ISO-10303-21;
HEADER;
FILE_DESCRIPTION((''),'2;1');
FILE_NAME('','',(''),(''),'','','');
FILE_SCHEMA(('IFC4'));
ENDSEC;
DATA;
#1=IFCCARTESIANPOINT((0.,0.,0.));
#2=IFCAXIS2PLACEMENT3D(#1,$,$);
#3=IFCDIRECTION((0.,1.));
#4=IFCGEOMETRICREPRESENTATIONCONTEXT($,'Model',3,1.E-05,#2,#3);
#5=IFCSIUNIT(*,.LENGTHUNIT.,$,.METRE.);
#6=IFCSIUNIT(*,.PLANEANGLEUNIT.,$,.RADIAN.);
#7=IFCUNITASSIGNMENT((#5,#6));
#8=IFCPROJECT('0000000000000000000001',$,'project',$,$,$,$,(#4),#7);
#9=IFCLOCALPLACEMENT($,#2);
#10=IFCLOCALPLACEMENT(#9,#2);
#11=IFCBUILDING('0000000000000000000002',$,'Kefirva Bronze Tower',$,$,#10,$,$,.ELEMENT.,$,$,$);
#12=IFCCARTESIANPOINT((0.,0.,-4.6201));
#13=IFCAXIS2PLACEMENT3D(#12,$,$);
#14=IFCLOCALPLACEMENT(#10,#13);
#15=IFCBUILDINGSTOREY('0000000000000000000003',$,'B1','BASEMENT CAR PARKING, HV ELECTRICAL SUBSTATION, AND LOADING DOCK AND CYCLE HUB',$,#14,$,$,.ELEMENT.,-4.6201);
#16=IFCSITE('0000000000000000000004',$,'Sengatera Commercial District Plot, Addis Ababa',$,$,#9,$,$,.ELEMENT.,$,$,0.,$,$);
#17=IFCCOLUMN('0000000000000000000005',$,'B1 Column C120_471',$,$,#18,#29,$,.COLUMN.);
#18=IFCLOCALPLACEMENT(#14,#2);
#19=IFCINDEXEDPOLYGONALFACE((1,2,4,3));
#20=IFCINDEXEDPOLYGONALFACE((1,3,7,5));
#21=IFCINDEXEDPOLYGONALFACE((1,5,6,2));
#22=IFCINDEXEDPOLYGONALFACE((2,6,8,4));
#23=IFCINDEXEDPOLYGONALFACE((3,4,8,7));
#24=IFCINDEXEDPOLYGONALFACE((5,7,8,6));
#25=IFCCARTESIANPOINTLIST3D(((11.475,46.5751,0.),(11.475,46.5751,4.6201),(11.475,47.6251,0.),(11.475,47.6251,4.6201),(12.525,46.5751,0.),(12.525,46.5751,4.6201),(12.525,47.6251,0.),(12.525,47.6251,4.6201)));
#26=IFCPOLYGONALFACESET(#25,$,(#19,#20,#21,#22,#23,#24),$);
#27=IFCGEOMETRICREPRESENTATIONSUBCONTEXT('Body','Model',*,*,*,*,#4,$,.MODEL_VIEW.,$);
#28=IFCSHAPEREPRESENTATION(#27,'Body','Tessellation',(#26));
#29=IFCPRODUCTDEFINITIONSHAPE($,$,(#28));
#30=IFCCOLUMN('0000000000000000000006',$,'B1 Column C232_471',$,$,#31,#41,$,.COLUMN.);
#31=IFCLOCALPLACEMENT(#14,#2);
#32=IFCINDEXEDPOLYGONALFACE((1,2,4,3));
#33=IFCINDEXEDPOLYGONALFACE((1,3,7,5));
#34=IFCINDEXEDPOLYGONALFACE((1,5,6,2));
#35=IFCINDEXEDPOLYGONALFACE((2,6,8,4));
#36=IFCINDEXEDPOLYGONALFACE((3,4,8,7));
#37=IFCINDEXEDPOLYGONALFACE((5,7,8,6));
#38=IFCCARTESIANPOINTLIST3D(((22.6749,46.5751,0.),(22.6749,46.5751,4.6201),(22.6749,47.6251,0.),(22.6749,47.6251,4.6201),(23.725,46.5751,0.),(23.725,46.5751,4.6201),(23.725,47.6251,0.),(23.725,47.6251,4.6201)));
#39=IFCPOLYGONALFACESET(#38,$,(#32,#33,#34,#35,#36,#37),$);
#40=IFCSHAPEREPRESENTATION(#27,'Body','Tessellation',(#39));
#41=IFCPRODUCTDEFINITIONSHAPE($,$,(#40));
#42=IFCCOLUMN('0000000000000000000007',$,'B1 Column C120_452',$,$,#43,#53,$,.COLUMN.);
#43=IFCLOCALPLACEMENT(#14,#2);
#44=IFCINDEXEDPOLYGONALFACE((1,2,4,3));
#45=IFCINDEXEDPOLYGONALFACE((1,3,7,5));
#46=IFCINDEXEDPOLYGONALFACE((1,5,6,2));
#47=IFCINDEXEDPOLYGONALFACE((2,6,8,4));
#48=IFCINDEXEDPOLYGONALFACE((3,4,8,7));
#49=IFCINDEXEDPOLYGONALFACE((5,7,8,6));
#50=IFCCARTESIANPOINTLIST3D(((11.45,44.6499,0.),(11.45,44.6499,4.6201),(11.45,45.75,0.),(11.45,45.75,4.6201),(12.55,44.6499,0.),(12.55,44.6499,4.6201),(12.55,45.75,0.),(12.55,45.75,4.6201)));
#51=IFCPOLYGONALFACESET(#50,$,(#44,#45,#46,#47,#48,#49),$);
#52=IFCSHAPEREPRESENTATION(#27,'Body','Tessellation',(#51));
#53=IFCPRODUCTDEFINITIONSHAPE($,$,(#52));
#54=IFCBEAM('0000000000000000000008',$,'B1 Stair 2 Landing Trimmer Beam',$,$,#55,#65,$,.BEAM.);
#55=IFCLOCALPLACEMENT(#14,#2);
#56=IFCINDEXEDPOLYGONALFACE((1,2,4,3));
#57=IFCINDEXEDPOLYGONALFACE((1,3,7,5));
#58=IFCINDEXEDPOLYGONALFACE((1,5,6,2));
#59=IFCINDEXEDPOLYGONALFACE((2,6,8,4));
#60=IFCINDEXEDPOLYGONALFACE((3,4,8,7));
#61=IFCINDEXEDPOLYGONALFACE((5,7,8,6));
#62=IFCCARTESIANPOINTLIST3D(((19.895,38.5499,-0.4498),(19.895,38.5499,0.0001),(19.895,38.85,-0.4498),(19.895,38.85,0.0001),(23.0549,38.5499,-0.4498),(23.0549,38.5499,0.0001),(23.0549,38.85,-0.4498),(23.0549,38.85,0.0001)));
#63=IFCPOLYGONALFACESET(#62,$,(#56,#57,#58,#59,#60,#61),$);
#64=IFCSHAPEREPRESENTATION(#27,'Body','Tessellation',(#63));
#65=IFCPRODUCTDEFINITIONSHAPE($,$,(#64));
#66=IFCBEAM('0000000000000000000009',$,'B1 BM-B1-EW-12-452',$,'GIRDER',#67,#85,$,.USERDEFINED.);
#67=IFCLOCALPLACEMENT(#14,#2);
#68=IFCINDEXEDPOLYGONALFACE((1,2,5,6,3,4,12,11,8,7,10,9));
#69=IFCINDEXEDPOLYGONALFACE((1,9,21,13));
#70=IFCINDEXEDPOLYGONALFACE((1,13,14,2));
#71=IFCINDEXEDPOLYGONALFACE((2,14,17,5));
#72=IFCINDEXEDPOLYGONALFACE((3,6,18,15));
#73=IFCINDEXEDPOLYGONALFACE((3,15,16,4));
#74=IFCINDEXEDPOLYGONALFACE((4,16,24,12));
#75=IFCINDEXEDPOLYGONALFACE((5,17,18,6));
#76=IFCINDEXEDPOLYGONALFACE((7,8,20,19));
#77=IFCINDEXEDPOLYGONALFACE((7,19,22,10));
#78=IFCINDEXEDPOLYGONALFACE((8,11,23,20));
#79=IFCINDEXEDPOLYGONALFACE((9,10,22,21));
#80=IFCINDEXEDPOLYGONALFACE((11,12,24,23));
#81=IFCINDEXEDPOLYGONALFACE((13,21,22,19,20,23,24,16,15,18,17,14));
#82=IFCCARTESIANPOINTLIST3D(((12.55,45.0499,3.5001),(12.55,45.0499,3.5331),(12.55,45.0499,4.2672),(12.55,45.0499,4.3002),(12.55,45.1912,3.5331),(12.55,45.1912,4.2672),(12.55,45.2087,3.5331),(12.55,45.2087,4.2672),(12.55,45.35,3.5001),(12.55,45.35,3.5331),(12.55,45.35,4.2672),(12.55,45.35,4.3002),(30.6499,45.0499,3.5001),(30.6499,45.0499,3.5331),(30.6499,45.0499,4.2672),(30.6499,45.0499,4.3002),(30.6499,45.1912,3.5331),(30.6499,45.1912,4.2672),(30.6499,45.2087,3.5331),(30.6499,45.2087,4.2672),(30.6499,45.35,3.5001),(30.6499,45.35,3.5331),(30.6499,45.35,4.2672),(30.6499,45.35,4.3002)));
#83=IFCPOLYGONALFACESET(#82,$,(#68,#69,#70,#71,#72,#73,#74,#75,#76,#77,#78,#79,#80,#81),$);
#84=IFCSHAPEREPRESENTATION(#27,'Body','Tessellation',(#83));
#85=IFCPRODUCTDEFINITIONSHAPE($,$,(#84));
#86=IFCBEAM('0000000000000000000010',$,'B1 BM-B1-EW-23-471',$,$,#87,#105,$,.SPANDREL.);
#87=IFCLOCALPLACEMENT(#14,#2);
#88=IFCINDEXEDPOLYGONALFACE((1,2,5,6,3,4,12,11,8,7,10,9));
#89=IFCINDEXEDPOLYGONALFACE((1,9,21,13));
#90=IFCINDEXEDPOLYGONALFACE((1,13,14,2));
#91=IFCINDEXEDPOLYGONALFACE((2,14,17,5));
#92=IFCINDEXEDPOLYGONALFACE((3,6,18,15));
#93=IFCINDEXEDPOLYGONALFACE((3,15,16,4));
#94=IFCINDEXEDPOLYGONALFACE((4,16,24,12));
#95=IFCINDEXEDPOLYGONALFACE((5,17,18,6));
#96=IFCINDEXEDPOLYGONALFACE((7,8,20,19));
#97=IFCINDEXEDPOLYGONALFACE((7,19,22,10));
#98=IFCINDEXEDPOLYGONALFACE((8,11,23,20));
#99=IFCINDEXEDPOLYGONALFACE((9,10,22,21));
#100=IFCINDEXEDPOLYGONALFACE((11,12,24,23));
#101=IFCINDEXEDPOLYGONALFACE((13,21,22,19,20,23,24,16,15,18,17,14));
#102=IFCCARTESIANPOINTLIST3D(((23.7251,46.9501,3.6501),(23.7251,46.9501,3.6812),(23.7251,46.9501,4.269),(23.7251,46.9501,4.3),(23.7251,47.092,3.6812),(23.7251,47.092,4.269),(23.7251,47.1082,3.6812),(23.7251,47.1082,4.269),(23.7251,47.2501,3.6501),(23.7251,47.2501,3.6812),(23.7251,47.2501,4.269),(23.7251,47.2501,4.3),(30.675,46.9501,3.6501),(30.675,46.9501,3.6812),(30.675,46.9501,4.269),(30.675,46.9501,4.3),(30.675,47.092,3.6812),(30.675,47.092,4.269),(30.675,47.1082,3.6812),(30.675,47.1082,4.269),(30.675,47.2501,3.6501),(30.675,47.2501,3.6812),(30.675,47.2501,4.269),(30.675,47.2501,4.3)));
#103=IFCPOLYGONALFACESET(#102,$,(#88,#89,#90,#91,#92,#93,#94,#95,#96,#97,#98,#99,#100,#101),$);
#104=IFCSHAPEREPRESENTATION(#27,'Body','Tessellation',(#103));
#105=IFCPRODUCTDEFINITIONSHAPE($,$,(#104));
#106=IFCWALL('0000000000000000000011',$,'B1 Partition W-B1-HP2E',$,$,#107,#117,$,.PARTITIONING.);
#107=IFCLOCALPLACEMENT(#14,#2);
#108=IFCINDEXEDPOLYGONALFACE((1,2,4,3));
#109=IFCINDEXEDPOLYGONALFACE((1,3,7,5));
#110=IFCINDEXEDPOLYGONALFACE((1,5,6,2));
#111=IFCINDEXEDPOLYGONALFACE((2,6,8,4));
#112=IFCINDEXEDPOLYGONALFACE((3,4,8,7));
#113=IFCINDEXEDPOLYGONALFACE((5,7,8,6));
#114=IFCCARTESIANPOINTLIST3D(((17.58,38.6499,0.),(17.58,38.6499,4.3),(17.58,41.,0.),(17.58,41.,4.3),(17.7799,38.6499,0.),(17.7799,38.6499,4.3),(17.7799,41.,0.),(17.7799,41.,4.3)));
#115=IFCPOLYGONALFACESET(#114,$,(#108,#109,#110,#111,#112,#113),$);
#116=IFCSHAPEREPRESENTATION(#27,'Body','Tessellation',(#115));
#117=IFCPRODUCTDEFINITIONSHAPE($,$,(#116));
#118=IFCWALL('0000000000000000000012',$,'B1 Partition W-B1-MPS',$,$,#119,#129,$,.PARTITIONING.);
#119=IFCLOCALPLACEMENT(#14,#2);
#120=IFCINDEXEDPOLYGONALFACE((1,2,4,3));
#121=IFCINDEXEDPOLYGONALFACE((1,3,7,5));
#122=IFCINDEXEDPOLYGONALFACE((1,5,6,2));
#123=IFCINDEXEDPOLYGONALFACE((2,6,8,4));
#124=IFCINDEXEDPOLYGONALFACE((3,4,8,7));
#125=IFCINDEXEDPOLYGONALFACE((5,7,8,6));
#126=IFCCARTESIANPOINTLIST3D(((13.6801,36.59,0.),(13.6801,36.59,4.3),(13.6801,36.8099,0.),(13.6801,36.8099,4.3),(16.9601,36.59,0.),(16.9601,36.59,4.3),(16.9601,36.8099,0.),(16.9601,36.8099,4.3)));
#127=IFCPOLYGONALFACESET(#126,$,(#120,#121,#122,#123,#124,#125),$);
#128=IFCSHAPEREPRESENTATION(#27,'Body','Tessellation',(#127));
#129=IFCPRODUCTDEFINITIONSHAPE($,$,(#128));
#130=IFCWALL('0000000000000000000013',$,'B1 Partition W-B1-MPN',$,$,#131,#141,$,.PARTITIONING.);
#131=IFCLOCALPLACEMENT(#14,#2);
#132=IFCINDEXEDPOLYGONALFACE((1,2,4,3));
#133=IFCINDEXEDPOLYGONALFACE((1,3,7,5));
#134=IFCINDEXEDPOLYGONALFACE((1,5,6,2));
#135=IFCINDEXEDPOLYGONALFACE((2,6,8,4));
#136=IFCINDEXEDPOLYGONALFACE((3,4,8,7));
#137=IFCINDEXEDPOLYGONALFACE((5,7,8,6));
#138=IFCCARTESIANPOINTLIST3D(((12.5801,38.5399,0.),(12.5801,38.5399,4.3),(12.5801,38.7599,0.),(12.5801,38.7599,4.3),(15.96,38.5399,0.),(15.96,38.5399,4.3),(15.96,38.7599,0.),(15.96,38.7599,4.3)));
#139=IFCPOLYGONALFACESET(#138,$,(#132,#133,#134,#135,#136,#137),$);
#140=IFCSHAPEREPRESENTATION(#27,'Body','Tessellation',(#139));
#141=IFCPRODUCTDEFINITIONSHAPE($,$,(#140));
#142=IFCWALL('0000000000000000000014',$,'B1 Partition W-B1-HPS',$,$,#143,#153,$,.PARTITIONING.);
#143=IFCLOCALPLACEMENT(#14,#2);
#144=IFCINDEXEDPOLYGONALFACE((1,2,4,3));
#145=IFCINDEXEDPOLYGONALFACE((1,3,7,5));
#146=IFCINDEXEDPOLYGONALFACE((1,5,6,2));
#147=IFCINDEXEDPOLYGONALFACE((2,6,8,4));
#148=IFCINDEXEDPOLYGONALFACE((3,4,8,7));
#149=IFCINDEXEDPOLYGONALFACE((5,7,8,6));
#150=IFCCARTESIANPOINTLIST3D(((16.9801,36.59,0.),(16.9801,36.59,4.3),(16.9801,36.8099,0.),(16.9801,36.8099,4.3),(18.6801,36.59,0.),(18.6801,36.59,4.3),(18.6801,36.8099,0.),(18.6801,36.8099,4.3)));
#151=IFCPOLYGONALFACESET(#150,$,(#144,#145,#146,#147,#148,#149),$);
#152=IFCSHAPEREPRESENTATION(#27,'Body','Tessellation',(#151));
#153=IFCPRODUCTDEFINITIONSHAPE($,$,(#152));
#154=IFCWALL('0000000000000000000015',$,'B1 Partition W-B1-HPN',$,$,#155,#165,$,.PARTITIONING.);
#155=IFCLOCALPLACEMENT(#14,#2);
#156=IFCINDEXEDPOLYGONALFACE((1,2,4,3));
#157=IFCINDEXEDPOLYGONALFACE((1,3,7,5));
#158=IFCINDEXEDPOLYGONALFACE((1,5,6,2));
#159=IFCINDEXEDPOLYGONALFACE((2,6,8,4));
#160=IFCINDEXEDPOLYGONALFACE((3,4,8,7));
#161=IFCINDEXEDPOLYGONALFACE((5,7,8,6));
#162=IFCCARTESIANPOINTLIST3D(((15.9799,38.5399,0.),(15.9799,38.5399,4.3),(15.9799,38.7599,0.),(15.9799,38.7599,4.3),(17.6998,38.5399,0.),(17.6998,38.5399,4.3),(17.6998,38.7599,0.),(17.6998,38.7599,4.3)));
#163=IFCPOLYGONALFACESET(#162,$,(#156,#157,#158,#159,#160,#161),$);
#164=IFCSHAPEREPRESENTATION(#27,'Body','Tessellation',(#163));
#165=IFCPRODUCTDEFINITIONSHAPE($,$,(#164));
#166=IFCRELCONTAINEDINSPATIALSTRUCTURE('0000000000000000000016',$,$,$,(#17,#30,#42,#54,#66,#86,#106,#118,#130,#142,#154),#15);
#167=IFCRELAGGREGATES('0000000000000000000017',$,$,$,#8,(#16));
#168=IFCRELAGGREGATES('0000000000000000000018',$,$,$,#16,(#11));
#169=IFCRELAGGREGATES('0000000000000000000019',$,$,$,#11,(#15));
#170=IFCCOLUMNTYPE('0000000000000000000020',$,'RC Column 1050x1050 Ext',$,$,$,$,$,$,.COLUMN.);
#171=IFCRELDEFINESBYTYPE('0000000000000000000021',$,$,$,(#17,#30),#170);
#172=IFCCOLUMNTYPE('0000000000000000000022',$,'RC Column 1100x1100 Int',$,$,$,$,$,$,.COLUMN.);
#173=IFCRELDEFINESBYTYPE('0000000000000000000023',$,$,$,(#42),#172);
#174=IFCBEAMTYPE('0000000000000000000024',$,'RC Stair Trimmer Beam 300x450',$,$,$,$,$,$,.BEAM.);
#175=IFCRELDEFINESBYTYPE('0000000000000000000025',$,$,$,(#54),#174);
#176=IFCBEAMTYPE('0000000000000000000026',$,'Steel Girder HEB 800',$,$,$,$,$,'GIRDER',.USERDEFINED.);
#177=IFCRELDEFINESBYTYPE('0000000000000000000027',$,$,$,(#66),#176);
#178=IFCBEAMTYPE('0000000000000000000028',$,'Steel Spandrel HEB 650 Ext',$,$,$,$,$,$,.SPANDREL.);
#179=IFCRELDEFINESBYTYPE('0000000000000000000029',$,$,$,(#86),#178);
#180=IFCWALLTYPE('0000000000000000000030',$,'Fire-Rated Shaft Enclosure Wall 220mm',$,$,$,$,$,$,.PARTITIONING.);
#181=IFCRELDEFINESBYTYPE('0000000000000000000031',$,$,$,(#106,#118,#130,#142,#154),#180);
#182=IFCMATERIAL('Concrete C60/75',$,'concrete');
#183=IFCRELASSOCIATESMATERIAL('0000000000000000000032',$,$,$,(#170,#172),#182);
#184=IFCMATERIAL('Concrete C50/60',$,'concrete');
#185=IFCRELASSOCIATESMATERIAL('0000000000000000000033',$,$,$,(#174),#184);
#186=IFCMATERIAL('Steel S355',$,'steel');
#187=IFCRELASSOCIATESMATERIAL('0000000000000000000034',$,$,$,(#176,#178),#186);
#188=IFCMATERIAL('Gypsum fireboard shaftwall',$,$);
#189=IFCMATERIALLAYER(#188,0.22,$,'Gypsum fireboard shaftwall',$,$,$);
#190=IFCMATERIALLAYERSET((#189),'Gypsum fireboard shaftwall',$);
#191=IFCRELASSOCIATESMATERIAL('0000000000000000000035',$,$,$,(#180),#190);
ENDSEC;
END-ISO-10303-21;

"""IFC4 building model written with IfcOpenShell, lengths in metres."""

from ifc_helpers import new_model, si_unit, direction, frame, frame_2d, origin, origin_2d, place, context, subcontext, project, spatial, rectangle, i_section, extrude, material, layer, layer_set, material_profile, profile_set, type_object, element, save


model = new_model("IFC4")

# Units and contexts
model_context = context("Model", 3, precision=1e-05, world=origin(), true_north=direction((0.0, 1.0)))
body_context = subcontext(model_context, "Body", "Model", "MODEL_VIEW")
ifc_project = project(units=[si_unit("LENGTHUNIT", "METRE"), si_unit("PLANEANGLEUNIT", "RADIAN")], contexts=[model_context])

# Site, building, storey
site_placement = place(None, origin())
site = spatial("IfcSite", under=ifc_project, at=site_placement, Name="Sengatera Commercial District Plot, Addis Ababa", CompositionType="ELEMENT", RefElevation=0.0)
building_placement = place(site_placement, origin())
building = spatial("IfcBuilding", under=site, at=building_placement, Name="Kefirva Bronze Tower", CompositionType="ELEMENT")
storey_placement = place(building_placement, frame((0.0, 0.0, -4.6201)))
storey = spatial("IfcBuildingStorey", under=building, at=storey_placement, Name="B1", Description="BASEMENT CAR PARKING, HV ELECTRICAL SUBSTATION, AND LOADING DOCK AND CYCLE HUB", CompositionType="ELEMENT", Elevation=-4.6201)

# Columns
ifc_material_1 = material(Name="Concrete C60/75", Category="concrete")
ifc_material_profile_1 = material_profile(ifc_material_1, rectangle(XDim=1.05, YDim=1.05, at=origin_2d()), Name="RC 1050x1050")
ifc_profile_set_1 = profile_set([ifc_material_profile_1], Name="Concrete C60/75")
column_type_1 = type_object("IfcColumnType", Name="RC Column 1050x1050 Ext", PredefinedType="COLUMN", material=ifc_profile_set_1)
for number, where, z_axis, x_axis, name in (
    (1, (12.0, 47.1001, 0.0), (0.0, 0.0, 1.0), (1.0, 0.0, 0.0), "B1 Column C120_471"),
    (2, (23.2, 47.1001, 0.0), (0.0, 0.0, 1.0), (1.0, 0.0, 0.0), "B1 Column C232_471"),
):
    element("IfcColumn", number, at=place(storey_placement, frame(where, z_axis=z_axis, x_axis=x_axis)), inside=storey, type_object=column_type_1, Name=name, PredefinedType="COLUMN", context=body_context, shape_type="SweptSolid", body=[
        extrude(rectangle(XDim=1.05, YDim=1.05, at=origin_2d()), origin(), (0.0, 0.0, 1.0), 4.6201),
    ])
ifc_material_profile_2 = material_profile(ifc_material_1, rectangle(XDim=1.1001, YDim=1.1001, at=origin_2d()), Name="RC 1100x1100")
ifc_profile_set_2 = profile_set([ifc_material_profile_2], Name="Concrete C60/75")
column_type_2 = type_object("IfcColumnType", Name="RC Column 1100x1100 Int", PredefinedType="COLUMN", material=ifc_profile_set_2)
column_placement = place(storey_placement, frame((12.0, 45.2, 0.0), z_axis=(0.0, 0.0, 1.0), x_axis=(1.0, 0.0, 0.0)))
element("IfcColumn", 3, at=column_placement, inside=storey, type_object=column_type_2, Name="B1 Column C120_452", PredefinedType="COLUMN", context=body_context, shape_type="SweptSolid", body=[
    extrude(rectangle(XDim=1.1001, YDim=1.1001, at=origin_2d()), origin(), (0.0, 0.0, 1.0), 4.6201),
])

# Beams
ifc_material_2 = material(Name="Concrete C50/60", Category="concrete")
ifc_material_profile_3 = material_profile(ifc_material_2, rectangle(XDim=0.3, YDim=0.45, at=origin_2d()), Name="RC 300x450")
ifc_profile_set_3 = profile_set([ifc_material_profile_3], Name="Concrete C50/60")
beam_type_1 = type_object("IfcBeamType", Name="RC Stair Trimmer Beam 300x450", PredefinedType="BEAM", material=ifc_profile_set_3)
beam_1_placement = place(storey_placement, frame((19.895, 38.7, -0.2249), z_axis=(1.0, 0.0, 0.0), x_axis=(0.0, 1.0, 0.0)))
element("IfcBeam", 4, at=beam_1_placement, inside=storey, type_object=beam_type_1, Name="B1 Stair 2 Landing Trimmer Beam", PredefinedType="BEAM", context=body_context, shape_type="SweptSolid", body=[
    extrude(rectangle(XDim=0.3, YDim=0.45, at=origin_2d()), origin(), (0.0, 0.0, 1.0), 3.1599),
])
ifc_material_3 = material(Name="Steel S355", Category="steel")
ifc_material_profile_4 = material_profile(ifc_material_3, i_section(OverallWidth=0.3, OverallDepth=0.8, WebThickness=0.0176, FlangeThickness=0.033, at=origin_2d()), Name="HEB 800")
ifc_profile_set_4 = profile_set([ifc_material_profile_4], Name="Steel S355")
beam_type_2 = type_object("IfcBeamType", Name="Steel Girder HEB 800", ElementType="GIRDER", PredefinedType="USERDEFINED", material=ifc_profile_set_4)
beam_2_placement = place(storey_placement, frame((12.55, 45.2, 3.9001), z_axis=(1.0, 0.0, 0.0), x_axis=(0.0, 1.0, 0.0)))
element("IfcBeam", 5, at=beam_2_placement, inside=storey, type_object=beam_type_2, Name="B1 BM-B1-EW-12-452", ObjectType="GIRDER", PredefinedType="USERDEFINED", context=body_context, shape_type="SweptSolid", body=[
    extrude(i_section(OverallWidth=0.3, OverallDepth=0.8, WebThickness=0.0176, FlangeThickness=0.033, at=origin_2d()), origin(), (0.0, 0.0, 1.0), 18.0999),
])
ifc_material_profile_5 = material_profile(ifc_material_3, i_section(OverallWidth=0.3, OverallDepth=0.6499, WebThickness=0.0161, FlangeThickness=0.031, at=origin_2d()), Name="HEB 650")
ifc_profile_set_5 = profile_set([ifc_material_profile_5], Name="Steel S355")
beam_type_3 = type_object("IfcBeamType", Name="Steel Spandrel HEB 650 Ext", PredefinedType="SPANDREL", material=ifc_profile_set_5)
beam_3_placement = place(storey_placement, frame((23.7251, 47.1001, 3.9751), z_axis=(1.0, 0.0, 0.0), x_axis=(0.0, 1.0, 0.0)))
element("IfcBeam", 6, at=beam_3_placement, inside=storey, type_object=beam_type_3, Name="B1 BM-B1-EW-23-471", PredefinedType="SPANDREL", context=body_context, shape_type="SweptSolid", body=[
    extrude(i_section(OverallWidth=0.3, OverallDepth=0.6499, WebThickness=0.0161, FlangeThickness=0.031, at=origin_2d()), origin(), (0.0, 0.0, 1.0), 6.95),
])

# Shared definitions
ifc_material_4 = material(Name="Gypsum fireboard shaftwall")
ifc_layer_1 = layer(ifc_material_4, 0.22, Name="Gypsum fireboard shaftwall")
ifc_layer_set_1 = layer_set([ifc_layer_1], Name="Gypsum fireboard shaftwall")
wall_type_1 = type_object("IfcWallType", Name="Fire-Rated Shaft Enclosure Wall 220mm", PredefinedType="PARTITIONING", material=ifc_layer_set_1)

# Walls
wall_1_placement = place(storey_placement, frame((17.6799, 38.6499, 0.0), z_axis=(0.0, 0.0, 1.0), x_axis=(0.0, 1.0, 0.0)))
element("IfcWall", 7, at=wall_1_placement, inside=storey, type_object=wall_type_1, Name="B1 Partition W-B1-HP2E", PredefinedType="PARTITIONING", context=body_context, shape_type="SweptSolid", body=[
    extrude(rectangle(XDim=2.3501, YDim=0.2, at=frame_2d((1.175, 0.0))), origin(), (0.0, 0.0, 1.0), 4.3),
])
wall_2_placement = place(storey_placement, frame((13.6799, 36.7, 0.0), z_axis=(0.0, 0.0, 1.0), x_axis=(1.0, 0.0, 0.0)))
element("IfcWall", 8, at=wall_2_placement, inside=storey, type_object=wall_type_1, Name="B1 Partition W-B1-MPS", PredefinedType="PARTITIONING", context=body_context, shape_type="SweptSolid", body=[
    extrude(rectangle(XDim=3.28, YDim=0.22, at=frame_2d((1.6401, 0.0))), origin(), (0.0, 0.0, 1.0), 4.3),
])
wall_3_placement = place(storey_placement, frame((12.5801, 38.6499, 0.0), z_axis=(0.0, 0.0, 1.0), x_axis=(1.0, 0.0, 0.0)))
element("IfcWall", 9, at=wall_3_placement, inside=storey, type_object=wall_type_1, Name="B1 Partition W-B1-MPN", PredefinedType="PARTITIONING", context=body_context, shape_type="SweptSolid", body=[
    extrude(rectangle(XDim=3.3799, YDim=0.22, at=frame_2d((1.6899, 0.0))), origin(), (0.0, 0.0, 1.0), 4.3),
])
wall_4_placement = place(storey_placement, frame((16.98, 36.7, 0.0), z_axis=(0.0, 0.0, 1.0), x_axis=(1.0, 0.0, 0.0)))
element("IfcWall", 10, at=wall_4_placement, inside=storey, type_object=wall_type_1, Name="B1 Partition W-B1-HPS", PredefinedType="PARTITIONING", context=body_context, shape_type="SweptSolid", body=[
    extrude(rectangle(XDim=1.7, YDim=0.22, at=frame_2d((0.8501, 0.0))), origin(), (0.0, 0.0, 1.0), 4.3),
])
wall_5_placement = place(storey_placement, frame((15.98, 38.6499, 0.0), z_axis=(0.0, 0.0, 1.0), x_axis=(1.0, 0.0, 0.0)))
element("IfcWall", 11, at=wall_5_placement, inside=storey, type_object=wall_type_1, Name="B1 Partition W-B1-HPN", PredefinedType="PARTITIONING", context=body_context, shape_type="SweptSolid", body=[
    extrude(rectangle(XDim=1.72, YDim=0.22, at=frame_2d((0.8599, 0.0))), origin(), (0.0, 0.0, 1.0), 4.3),
])

save(model, "model.ifc")
